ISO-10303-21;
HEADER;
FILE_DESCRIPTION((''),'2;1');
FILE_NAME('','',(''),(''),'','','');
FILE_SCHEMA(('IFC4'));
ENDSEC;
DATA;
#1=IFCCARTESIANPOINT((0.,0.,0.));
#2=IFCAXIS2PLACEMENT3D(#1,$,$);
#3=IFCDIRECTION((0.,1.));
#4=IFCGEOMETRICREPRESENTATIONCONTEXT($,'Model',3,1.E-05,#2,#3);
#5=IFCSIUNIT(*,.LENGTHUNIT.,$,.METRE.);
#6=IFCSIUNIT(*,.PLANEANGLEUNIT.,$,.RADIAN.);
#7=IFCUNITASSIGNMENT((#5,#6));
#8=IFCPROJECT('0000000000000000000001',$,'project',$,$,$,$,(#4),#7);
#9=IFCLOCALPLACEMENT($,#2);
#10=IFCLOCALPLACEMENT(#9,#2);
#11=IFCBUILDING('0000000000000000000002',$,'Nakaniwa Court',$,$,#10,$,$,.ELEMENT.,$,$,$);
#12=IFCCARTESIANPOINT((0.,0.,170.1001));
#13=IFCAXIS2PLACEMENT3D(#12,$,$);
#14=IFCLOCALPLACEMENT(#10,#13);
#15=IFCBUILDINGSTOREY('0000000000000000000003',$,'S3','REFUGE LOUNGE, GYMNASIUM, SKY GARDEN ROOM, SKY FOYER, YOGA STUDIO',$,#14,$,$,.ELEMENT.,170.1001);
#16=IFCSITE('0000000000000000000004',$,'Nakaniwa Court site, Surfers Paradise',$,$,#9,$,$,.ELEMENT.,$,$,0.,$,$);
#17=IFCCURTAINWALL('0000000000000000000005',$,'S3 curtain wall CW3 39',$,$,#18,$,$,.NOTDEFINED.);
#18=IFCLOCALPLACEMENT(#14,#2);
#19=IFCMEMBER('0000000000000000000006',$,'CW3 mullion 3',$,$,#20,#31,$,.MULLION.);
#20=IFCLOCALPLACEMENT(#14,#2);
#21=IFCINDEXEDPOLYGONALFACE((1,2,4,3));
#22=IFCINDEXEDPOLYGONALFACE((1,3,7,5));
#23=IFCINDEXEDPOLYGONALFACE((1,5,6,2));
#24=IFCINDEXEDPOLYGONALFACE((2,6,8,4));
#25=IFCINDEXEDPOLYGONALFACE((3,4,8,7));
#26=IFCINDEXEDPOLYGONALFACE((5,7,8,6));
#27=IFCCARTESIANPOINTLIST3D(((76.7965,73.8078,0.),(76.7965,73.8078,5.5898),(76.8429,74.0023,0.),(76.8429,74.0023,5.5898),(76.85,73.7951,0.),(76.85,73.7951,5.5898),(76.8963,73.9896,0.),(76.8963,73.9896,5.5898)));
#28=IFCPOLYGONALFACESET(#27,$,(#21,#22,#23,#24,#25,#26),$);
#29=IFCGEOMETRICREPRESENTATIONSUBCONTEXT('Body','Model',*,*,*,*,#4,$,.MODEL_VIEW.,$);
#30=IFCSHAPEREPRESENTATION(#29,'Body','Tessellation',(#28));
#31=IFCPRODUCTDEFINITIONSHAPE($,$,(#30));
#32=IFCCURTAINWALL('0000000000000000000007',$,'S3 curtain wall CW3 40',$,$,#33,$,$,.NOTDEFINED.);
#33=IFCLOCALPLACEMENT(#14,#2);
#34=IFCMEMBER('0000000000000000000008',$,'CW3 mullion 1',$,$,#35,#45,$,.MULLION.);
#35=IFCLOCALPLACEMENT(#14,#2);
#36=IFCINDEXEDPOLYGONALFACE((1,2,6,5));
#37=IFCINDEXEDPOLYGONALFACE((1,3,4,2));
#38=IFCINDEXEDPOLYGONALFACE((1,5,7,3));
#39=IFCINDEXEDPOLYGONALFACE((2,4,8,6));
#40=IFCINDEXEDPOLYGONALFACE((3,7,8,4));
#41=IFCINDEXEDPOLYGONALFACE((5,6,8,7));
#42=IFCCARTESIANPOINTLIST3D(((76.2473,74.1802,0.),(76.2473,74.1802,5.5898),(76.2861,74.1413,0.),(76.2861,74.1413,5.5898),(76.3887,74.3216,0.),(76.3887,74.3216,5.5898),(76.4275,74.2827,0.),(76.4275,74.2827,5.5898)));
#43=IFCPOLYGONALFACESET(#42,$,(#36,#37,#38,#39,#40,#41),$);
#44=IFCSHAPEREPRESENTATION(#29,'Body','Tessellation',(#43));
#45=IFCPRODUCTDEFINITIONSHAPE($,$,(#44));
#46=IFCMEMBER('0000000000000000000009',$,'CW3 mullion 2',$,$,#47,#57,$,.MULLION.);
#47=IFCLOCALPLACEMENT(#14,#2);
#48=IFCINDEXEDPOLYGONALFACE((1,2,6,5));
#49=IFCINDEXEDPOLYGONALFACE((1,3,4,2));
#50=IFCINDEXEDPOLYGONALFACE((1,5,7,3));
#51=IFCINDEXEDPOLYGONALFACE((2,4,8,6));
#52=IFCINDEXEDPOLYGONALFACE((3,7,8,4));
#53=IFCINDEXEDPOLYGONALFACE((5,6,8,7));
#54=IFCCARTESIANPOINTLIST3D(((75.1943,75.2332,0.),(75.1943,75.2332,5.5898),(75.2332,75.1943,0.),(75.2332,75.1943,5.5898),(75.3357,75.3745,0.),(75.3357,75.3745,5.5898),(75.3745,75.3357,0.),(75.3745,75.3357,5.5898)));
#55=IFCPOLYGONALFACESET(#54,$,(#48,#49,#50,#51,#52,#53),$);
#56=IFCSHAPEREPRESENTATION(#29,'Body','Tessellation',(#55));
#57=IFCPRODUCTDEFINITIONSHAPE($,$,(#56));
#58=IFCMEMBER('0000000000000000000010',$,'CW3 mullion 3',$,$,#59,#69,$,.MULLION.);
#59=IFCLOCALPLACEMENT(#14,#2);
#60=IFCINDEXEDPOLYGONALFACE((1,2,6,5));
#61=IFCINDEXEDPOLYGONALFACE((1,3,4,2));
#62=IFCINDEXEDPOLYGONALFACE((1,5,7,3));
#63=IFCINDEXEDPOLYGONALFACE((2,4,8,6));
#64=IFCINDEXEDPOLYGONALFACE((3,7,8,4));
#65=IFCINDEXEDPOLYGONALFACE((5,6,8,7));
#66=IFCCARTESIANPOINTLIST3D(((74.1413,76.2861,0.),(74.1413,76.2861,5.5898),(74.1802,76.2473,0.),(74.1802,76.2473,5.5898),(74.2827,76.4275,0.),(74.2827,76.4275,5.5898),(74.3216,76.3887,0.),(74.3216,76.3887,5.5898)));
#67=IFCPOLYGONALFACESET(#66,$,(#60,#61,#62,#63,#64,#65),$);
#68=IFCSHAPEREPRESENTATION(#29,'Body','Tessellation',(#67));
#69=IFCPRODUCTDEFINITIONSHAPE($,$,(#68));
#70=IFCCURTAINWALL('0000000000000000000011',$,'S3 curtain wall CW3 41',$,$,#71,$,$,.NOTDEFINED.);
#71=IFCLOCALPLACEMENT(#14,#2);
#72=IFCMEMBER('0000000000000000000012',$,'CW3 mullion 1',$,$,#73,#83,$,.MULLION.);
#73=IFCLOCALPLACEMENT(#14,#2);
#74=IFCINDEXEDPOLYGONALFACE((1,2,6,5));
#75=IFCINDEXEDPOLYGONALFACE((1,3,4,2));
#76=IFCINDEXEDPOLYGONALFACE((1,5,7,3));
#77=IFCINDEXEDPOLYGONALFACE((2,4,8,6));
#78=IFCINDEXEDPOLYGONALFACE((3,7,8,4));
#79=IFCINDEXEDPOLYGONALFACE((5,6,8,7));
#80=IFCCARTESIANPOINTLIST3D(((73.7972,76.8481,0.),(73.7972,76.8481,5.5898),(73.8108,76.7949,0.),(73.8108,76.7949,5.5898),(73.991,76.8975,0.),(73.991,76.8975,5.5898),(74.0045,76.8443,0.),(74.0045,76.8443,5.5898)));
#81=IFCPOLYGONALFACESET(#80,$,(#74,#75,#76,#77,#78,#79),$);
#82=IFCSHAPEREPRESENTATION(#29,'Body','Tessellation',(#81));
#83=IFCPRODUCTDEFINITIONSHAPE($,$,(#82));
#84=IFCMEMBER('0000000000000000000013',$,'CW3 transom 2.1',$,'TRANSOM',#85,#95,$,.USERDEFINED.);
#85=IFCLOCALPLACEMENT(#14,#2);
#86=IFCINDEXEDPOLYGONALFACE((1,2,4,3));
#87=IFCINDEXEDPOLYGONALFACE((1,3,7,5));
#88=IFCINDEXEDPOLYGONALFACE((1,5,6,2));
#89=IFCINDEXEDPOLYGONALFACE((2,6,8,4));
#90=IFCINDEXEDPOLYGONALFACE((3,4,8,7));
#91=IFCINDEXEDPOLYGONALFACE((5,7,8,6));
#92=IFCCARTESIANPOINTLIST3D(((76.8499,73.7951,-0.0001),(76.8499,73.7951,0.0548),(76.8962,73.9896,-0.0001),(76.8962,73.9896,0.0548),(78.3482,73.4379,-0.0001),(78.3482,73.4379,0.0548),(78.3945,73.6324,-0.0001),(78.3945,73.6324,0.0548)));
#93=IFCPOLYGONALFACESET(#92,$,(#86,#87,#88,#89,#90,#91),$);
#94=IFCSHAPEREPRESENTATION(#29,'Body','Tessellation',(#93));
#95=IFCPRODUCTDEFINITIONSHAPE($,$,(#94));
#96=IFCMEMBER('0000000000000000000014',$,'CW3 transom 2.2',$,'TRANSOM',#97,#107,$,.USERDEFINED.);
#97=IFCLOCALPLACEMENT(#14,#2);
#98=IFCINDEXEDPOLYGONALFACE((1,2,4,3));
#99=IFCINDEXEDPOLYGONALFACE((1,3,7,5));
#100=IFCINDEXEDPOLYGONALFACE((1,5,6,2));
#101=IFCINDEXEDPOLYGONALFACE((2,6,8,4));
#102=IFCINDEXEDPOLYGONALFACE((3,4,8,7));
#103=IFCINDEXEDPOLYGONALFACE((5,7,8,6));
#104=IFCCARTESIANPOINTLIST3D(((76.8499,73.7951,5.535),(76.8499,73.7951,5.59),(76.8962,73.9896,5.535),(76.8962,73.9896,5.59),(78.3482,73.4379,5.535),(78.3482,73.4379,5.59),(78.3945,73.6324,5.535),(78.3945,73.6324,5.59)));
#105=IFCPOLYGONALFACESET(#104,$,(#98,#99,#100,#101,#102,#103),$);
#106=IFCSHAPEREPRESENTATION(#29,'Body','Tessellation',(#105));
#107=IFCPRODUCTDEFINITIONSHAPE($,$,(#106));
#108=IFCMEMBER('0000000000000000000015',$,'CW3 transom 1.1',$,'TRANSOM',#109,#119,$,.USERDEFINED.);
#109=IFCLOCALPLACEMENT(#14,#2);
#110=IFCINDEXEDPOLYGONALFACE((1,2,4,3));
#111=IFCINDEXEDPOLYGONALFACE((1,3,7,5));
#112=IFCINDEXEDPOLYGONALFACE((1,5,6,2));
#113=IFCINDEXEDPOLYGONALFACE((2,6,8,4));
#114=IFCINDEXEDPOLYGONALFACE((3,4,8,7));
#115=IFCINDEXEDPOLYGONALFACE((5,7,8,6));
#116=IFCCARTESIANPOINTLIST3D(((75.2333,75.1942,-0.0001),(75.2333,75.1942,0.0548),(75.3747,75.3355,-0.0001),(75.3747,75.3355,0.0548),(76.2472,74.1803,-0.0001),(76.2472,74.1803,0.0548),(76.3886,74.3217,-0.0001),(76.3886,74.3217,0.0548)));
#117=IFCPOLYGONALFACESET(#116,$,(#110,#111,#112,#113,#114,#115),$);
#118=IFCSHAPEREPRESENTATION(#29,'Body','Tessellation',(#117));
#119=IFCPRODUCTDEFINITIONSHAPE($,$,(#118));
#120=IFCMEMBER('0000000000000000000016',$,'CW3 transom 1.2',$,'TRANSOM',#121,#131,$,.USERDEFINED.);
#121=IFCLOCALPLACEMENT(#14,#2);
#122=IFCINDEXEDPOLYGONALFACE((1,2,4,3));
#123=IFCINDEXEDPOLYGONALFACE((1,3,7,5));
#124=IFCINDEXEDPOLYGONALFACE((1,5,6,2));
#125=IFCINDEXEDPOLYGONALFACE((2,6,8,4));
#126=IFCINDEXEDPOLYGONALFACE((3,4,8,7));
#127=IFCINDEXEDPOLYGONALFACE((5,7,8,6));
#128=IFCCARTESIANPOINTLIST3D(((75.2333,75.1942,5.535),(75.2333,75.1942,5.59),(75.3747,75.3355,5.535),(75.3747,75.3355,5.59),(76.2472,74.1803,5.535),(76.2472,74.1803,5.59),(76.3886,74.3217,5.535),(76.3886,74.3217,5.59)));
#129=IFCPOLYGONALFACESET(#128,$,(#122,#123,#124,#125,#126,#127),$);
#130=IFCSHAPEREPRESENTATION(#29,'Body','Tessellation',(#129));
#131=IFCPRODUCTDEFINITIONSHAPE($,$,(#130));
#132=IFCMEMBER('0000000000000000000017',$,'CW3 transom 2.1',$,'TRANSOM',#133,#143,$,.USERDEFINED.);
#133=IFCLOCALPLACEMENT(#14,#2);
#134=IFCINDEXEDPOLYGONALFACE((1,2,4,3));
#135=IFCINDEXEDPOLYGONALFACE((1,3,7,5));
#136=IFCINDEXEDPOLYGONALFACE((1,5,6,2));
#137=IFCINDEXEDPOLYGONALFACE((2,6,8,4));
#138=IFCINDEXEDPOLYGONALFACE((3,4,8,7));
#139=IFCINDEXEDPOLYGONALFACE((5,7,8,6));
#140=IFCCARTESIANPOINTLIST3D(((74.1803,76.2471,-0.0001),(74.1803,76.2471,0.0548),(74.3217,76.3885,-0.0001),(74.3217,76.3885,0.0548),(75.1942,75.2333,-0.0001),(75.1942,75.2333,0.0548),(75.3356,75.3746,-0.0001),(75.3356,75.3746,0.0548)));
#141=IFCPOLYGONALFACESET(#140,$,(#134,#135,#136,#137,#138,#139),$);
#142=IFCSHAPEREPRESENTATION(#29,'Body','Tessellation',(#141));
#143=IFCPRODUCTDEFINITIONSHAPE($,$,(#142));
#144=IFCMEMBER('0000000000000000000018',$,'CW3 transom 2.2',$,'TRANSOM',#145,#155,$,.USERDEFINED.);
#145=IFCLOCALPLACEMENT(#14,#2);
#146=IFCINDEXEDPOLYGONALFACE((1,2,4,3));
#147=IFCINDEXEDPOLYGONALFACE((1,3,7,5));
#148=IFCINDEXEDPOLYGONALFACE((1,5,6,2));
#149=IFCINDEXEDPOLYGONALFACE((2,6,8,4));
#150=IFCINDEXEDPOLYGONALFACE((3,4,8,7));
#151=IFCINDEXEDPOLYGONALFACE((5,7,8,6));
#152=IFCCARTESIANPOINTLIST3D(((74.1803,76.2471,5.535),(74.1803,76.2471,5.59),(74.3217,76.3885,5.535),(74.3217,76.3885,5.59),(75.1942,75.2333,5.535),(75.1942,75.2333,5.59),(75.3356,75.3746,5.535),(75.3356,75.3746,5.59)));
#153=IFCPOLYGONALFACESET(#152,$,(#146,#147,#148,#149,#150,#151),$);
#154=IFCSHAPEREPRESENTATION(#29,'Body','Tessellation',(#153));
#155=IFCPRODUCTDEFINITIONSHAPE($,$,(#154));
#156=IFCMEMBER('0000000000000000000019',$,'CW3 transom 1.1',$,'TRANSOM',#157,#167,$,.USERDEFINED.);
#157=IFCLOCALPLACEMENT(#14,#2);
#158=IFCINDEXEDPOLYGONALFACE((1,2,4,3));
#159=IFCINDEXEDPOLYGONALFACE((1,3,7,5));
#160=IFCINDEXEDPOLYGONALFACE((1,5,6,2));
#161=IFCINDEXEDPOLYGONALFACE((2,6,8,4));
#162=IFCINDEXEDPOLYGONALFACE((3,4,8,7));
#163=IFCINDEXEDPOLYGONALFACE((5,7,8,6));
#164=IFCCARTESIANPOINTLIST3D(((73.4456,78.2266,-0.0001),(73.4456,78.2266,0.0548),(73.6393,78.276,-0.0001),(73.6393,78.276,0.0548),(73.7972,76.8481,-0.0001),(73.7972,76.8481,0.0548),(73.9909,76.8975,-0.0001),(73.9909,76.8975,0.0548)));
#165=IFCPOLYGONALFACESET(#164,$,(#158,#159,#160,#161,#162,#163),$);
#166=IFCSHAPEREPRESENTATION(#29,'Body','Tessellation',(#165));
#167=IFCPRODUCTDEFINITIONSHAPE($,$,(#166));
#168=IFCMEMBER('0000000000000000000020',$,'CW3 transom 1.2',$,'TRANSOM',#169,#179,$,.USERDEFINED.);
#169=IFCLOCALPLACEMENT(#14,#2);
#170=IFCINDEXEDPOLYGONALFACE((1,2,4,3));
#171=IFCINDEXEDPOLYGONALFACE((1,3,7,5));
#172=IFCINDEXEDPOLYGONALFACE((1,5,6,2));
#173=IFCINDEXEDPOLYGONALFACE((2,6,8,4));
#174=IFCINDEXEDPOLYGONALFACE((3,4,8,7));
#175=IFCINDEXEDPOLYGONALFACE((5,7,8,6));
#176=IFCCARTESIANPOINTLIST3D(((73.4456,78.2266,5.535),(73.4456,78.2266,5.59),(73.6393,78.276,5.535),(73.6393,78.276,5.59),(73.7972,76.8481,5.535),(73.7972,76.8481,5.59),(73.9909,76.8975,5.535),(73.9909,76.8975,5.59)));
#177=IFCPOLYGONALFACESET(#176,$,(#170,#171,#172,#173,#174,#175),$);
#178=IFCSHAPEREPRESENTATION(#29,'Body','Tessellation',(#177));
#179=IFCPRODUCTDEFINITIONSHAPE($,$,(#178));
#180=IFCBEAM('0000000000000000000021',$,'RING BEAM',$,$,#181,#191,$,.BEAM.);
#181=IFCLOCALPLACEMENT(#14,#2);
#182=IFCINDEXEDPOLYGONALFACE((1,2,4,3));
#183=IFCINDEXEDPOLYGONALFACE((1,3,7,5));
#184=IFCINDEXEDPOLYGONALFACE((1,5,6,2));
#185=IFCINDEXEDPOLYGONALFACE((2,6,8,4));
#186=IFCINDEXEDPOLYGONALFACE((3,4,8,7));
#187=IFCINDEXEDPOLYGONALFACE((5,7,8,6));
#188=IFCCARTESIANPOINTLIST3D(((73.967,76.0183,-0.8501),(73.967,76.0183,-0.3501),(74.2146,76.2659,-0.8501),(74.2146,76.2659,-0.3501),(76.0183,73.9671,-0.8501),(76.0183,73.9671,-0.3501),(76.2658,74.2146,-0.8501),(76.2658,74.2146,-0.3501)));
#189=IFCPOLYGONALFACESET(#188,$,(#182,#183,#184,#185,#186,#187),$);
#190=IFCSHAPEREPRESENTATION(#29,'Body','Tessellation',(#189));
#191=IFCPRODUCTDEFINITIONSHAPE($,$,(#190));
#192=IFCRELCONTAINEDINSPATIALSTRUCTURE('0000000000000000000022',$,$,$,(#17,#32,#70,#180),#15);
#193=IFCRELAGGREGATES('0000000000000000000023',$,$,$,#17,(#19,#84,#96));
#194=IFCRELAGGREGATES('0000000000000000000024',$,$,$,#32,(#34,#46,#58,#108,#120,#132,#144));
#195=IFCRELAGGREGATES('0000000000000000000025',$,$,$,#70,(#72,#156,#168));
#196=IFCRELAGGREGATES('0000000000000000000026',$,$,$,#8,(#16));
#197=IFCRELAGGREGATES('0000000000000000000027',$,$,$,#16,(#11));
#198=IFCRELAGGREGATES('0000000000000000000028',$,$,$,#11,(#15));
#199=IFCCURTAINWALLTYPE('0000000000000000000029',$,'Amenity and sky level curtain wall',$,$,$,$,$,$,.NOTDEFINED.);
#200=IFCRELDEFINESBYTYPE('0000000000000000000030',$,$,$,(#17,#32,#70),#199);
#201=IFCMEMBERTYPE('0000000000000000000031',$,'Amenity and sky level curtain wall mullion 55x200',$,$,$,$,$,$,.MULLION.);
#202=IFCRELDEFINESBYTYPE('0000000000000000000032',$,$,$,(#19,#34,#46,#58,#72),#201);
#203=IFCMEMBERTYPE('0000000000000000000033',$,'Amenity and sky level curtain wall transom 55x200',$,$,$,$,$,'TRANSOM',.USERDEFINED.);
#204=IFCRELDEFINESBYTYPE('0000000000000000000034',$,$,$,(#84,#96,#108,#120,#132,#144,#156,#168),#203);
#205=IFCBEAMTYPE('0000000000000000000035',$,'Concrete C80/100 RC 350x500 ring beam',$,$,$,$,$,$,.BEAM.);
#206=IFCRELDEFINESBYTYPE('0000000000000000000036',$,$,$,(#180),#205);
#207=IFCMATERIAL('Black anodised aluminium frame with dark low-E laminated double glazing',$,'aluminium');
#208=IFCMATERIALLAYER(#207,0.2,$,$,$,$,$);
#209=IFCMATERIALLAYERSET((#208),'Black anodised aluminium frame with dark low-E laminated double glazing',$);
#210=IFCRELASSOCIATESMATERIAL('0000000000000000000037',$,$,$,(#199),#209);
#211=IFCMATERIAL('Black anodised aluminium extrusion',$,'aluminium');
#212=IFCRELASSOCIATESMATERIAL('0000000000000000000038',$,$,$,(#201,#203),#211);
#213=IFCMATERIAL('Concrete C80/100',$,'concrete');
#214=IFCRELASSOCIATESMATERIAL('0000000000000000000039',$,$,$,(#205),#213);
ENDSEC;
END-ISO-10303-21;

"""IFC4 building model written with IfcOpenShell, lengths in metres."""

from ifc_helpers import new_model, si_unit, direction, frame, origin, origin_2d, place, context, subcontext, project, spatial, rectangle, extrude, material, layer, layer_set, material_profile, profile_set, type_object, element, aggregate, save


model = new_model("IFC4")

# Units and contexts
model_context = context("Model", 3, precision=1e-05, world=origin(), true_north=direction((0.0, 1.0)))
body_context = subcontext(model_context, "Body", "Model", "MODEL_VIEW")
ifc_project = project(units=[si_unit("LENGTHUNIT", "METRE"), si_unit("PLANEANGLEUNIT", "RADIAN")], contexts=[model_context])

# Site, building, storey
site_placement = place(None, origin())
site = spatial("IfcSite", under=ifc_project, at=site_placement, Name="Nakaniwa Court site, Surfers Paradise", CompositionType="ELEMENT", RefElevation=0.0)
building_placement = place(site_placement, origin())
building = spatial("IfcBuilding", under=site, at=building_placement, Name="Nakaniwa Court", CompositionType="ELEMENT")
storey_placement = place(building_placement, frame((0.0, 0.0, 170.1001)))
storey = spatial("IfcBuildingStorey", under=building, at=storey_placement, Name="S3", Description="REFUGE LOUNGE, GYMNASIUM, SKY GARDEN ROOM, SKY FOYER, YOGA STUDIO", CompositionType="ELEMENT", Elevation=170.1001)

# Shared definitions
ifc_material_1 = material(Name="Concrete C80/100", Category="concrete")

# Curtain wall, member
ifc_material_2 = material(Name="Black anodised aluminium frame with dark low-E laminated double glazing", Category="aluminium")
ifc_layer_1 = layer(ifc_material_2, 0.2)
ifc_layer_set_1 = layer_set([ifc_layer_1], Name="Black anodised aluminium frame with dark low-E laminated double glazing")
curtain_wall_type = type_object("IfcCurtainWallType", Name="Amenity and sky level curtain wall", PredefinedType="NOTDEFINED", material=ifc_layer_set_1)
curtain_wall_1_placement = place(storey_placement, origin())
curtain_wall_1 = element("IfcCurtainWall", 1, at=curtain_wall_1_placement, inside=storey, type_object=curtain_wall_type, Name="S3 curtain wall CW3 39", PredefinedType="NOTDEFINED")
ifc_material_3 = material(Name="Black anodised aluminium extrusion", Category="aluminium")
ifc_material_profile_1 = material_profile(ifc_material_3, rectangle(XDim=0.2, YDim=0.0549, at=origin_2d()), Name="Amenity and sky level curtain wall mullion 55x200")
ifc_profile_set_1 = profile_set([ifc_material_profile_1], Name="Black anodised aluminium extrusion")
member_type_1 = type_object("IfcMemberType", Name="Amenity and sky level curtain wall mullion 55x200", PredefinedType="MULLION", material=ifc_profile_set_1)
member_1_placement = place(storey_placement, frame((76.8464, 73.8987, 0.0), z_axis=(0.0, 0.0, 1.0), x_axis=(-0.231791, -0.972766, 0.0)))
member_1 = element("IfcMember", 2, at=member_1_placement, type_object=member_type_1, Name="CW3 mullion 3", PredefinedType="MULLION", context=body_context, shape_type="SweptSolid", body=[
    extrude(rectangle(XDim=0.2, YDim=0.0549, at=origin_2d()), origin(), (0.0, 0.0, 1.0), 5.5898),
])

# Curtain wall, members
curtain_wall_2_placement = place(storey_placement, origin())
curtain_wall_2 = element("IfcCurtainWall", 3, at=curtain_wall_2_placement, inside=storey, type_object=curtain_wall_type, Name="S3 curtain wall CW3 40", PredefinedType="NOTDEFINED")
member_2_placement = place(storey_placement, frame((76.3374, 74.2314, 0.0), z_axis=(0.0, 0.0, 1.0), x_axis=(-0.707107, -0.707107, 0.0)))
member_2 = element("IfcMember", 4, at=member_2_placement, type_object=member_type_1, Name="CW3 mullion 1", PredefinedType="MULLION", context=body_context, shape_type="SweptSolid", body=[
    extrude(rectangle(XDim=0.2, YDim=0.0549, at=origin_2d()), origin(), (0.0, 0.0, 1.0), 5.5898),
])
member_3_placement = place(storey_placement, frame((75.2844, 75.2844, 0.0), z_axis=(0.0, 0.0, 1.0), x_axis=(-0.707107, -0.707107, 0.0)))
member_3 = element("IfcMember", 5, at=member_3_placement, type_object=member_type_1, Name="CW3 mullion 2", PredefinedType="MULLION", context=body_context, shape_type="SweptSolid", body=[
    extrude(rectangle(XDim=0.2, YDim=0.0549, at=origin_2d()), origin(), (0.0, 0.0, 1.0), 5.5898),
])
member_4_placement = place(storey_placement, frame((74.2314, 76.3374, 0.0), z_axis=(0.0, 0.0, 1.0), x_axis=(-0.707107, -0.707107, 0.0)))
member_4 = element("IfcMember", 6, at=member_4_placement, type_object=member_type_1, Name="CW3 mullion 3", PredefinedType="MULLION", context=body_context, shape_type="SweptSolid", body=[
    extrude(rectangle(XDim=0.2, YDim=0.0549, at=origin_2d()), origin(), (0.0, 0.0, 1.0), 5.5898),
])

# Curtain wall, member
curtain_wall_3_placement = place(storey_placement, origin())
curtain_wall_3 = element("IfcCurtainWall", 7, at=curtain_wall_3_placement, inside=storey, type_object=curtain_wall_type, Name="S3 curtain wall CW3 41", PredefinedType="NOTDEFINED")
member_5_placement = place(storey_placement, frame((73.9009, 76.8462, 0.0), z_axis=(0.0, 0.0, 1.0), x_axis=(-0.968986, -0.247114, 0.0)))
member_5 = element("IfcMember", 8, at=member_5_placement, type_object=member_type_1, Name="CW3 mullion 1", PredefinedType="MULLION", context=body_context, shape_type="SweptSolid", body=[
    extrude(rectangle(XDim=0.2, YDim=0.0549, at=origin_2d()), origin(), (0.0, 0.0, 1.0), 5.5898),
])

# Members
ifc_material_profile_2 = material_profile(ifc_material_3, rectangle(XDim=0.2, YDim=0.0549, at=origin_2d()), Name="Amenity and sky level curtain wall transom 55x200")
ifc_profile_set_2 = profile_set([ifc_material_profile_2], Name="Black anodised aluminium extrusion")
member_type_2 = type_object("IfcMemberType", Name="Amenity and sky level curtain wall transom 55x200", ElementType="TRANSOM", PredefinedType="USERDEFINED", material=ifc_profile_set_2)
member_6_placement = place(storey_placement, frame((78.3713, 73.5352, 0.0273), z_axis=(-0.972742, 0.231892, 0.0), x_axis=(-0.231892, -0.972742, 0.0)))
member_6 = element("IfcMember", 9, at=member_6_placement, type_object=member_type_2, Name="CW3 transom 2.1", ObjectType="TRANSOM", PredefinedType="USERDEFINED", context=body_context, shape_type="SweptSolid", body=[
    extrude(rectangle(XDim=0.2, YDim=0.0549, at=origin_2d()), origin(), (0.0, 0.0, 1.0), 1.5403),
])
member_7_placement = place(storey_placement, frame((78.3713, 73.5352, 5.5625), z_axis=(-0.972742, 0.231892, 0.0), x_axis=(-0.231892, -0.972742, 0.0)))
member_7 = element("IfcMember", 10, at=member_7_placement, type_object=member_type_2, Name="CW3 transom 2.2", ObjectType="TRANSOM", PredefinedType="USERDEFINED", context=body_context, shape_type="SweptSolid", body=[
    extrude(rectangle(XDim=0.2, YDim=0.0549, at=origin_2d()), origin(), (0.0, 0.0, 1.0), 1.5403),
])
member_8_placement = place(storey_placement, frame((76.3179, 74.251, 0.0273), z_axis=(-0.707107, 0.707107, 0.0), x_axis=(-0.707107, -0.707107, 0.0)))
member_8 = element("IfcMember", 11, at=member_8_placement, type_object=member_type_2, Name="CW3 transom 1.1", ObjectType="TRANSOM", PredefinedType="USERDEFINED", context=body_context, shape_type="SweptSolid", body=[
    extrude(rectangle(XDim=0.2, YDim=0.0549, at=origin_2d()), origin(), (0.0, 0.0, 1.0), 1.4338),
])
member_9_placement = place(storey_placement, frame((76.3179, 74.251, 5.5625), z_axis=(-0.707107, 0.707107, 0.0), x_axis=(-0.707107, -0.707107, 0.0)))
member_9 = element("IfcMember", 12, at=member_9_placement, type_object=member_type_2, Name="CW3 transom 1.2", ObjectType="TRANSOM", PredefinedType="USERDEFINED", context=body_context, shape_type="SweptSolid", body=[
    extrude(rectangle(XDim=0.2, YDim=0.0549, at=origin_2d()), origin(), (0.0, 0.0, 1.0), 1.4338),
])
member_10_placement = place(storey_placement, frame((75.2649, 75.304, 0.0273), z_axis=(-0.707107, 0.707107, 0.0), x_axis=(-0.707107, -0.707107, 0.0)))
member_10 = element("IfcMember", 13, at=member_10_placement, type_object=member_type_2, Name="CW3 transom 2.1", ObjectType="TRANSOM", PredefinedType="USERDEFINED", context=body_context, shape_type="SweptSolid", body=[
    extrude(rectangle(XDim=0.2, YDim=0.0549, at=origin_2d()), origin(), (0.0, 0.0, 1.0), 1.4338),
])
member_11_placement = place(storey_placement, frame((75.2649, 75.304, 5.5625), z_axis=(-0.707107, 0.707107, 0.0), x_axis=(-0.707107, -0.707107, 0.0)))
member_11 = element("IfcMember", 14, at=member_11_placement, type_object=member_type_2, Name="CW3 transom 2.2", ObjectType="TRANSOM", PredefinedType="USERDEFINED", context=body_context, shape_type="SweptSolid", body=[
    extrude(rectangle(XDim=0.2, YDim=0.0549, at=origin_2d()), origin(), (0.0, 0.0, 1.0), 1.4338),
])
member_12_placement = place(storey_placement, frame((73.894, 76.8728, 0.0273), z_axis=(-0.247136, 0.968981, 0.0), x_axis=(-0.968981, -0.247136, 0.0)))
member_12 = element("IfcMember", 15, at=member_12_placement, type_object=member_type_2, Name="CW3 transom 1.1", ObjectType="TRANSOM", PredefinedType="USERDEFINED", context=body_context, shape_type="SweptSolid", body=[
    extrude(rectangle(XDim=0.2, YDim=0.0549, at=origin_2d()), origin(), (0.0, 0.0, 1.0), 1.4226),
])
member_13_placement = place(storey_placement, frame((73.894, 76.8728, 5.5625), z_axis=(-0.247136, 0.968981, 0.0), x_axis=(-0.968981, -0.247136, 0.0)))
member_13 = element("IfcMember", 16, at=member_13_placement, type_object=member_type_2, Name="CW3 transom 1.2", ObjectType="TRANSOM", PredefinedType="USERDEFINED", context=body_context, shape_type="SweptSolid", body=[
    extrude(rectangle(XDim=0.2, YDim=0.0549, at=origin_2d()), origin(), (0.0, 0.0, 1.0), 1.4226),
])

# Beam
ifc_material_profile_3 = material_profile(ifc_material_1, rectangle(XDim=0.3501, YDim=0.5, at=origin_2d()), Name="Concrete C80/100 RC 350x500 ring beam")
ifc_profile_set_3 = profile_set([ifc_material_profile_3], Name="Concrete C80/100")
beam_type = type_object("IfcBeamType", Name="Concrete C80/100 RC 350x500 ring beam", PredefinedType="BEAM", material=ifc_profile_set_3)
beam_1_placement = place(storey_placement, frame((74.0908, 76.1421, -0.6001), z_axis=(0.707107, -0.707107, 0.0), x_axis=(0.707107, 0.707107, 0.0)))
element("IfcBeam", 17, at=beam_1_placement, inside=storey, type_object=beam_type, Name="RING BEAM", PredefinedType="BEAM", context=body_context, shape_type="SweptSolid", body=[
    extrude(rectangle(XDim=0.3501, YDim=0.5, at=origin_2d()), origin(), (0.0, 0.0, 1.0), 2.9009),
])

aggregate(curtain_wall_1, [member_1, member_6, member_7])
aggregate(curtain_wall_2, [member_2, member_3, member_4, member_8, member_9, member_10, member_11])
aggregate(curtain_wall_3, [member_5, member_12, member_13])

save(model, "model.ifc")
